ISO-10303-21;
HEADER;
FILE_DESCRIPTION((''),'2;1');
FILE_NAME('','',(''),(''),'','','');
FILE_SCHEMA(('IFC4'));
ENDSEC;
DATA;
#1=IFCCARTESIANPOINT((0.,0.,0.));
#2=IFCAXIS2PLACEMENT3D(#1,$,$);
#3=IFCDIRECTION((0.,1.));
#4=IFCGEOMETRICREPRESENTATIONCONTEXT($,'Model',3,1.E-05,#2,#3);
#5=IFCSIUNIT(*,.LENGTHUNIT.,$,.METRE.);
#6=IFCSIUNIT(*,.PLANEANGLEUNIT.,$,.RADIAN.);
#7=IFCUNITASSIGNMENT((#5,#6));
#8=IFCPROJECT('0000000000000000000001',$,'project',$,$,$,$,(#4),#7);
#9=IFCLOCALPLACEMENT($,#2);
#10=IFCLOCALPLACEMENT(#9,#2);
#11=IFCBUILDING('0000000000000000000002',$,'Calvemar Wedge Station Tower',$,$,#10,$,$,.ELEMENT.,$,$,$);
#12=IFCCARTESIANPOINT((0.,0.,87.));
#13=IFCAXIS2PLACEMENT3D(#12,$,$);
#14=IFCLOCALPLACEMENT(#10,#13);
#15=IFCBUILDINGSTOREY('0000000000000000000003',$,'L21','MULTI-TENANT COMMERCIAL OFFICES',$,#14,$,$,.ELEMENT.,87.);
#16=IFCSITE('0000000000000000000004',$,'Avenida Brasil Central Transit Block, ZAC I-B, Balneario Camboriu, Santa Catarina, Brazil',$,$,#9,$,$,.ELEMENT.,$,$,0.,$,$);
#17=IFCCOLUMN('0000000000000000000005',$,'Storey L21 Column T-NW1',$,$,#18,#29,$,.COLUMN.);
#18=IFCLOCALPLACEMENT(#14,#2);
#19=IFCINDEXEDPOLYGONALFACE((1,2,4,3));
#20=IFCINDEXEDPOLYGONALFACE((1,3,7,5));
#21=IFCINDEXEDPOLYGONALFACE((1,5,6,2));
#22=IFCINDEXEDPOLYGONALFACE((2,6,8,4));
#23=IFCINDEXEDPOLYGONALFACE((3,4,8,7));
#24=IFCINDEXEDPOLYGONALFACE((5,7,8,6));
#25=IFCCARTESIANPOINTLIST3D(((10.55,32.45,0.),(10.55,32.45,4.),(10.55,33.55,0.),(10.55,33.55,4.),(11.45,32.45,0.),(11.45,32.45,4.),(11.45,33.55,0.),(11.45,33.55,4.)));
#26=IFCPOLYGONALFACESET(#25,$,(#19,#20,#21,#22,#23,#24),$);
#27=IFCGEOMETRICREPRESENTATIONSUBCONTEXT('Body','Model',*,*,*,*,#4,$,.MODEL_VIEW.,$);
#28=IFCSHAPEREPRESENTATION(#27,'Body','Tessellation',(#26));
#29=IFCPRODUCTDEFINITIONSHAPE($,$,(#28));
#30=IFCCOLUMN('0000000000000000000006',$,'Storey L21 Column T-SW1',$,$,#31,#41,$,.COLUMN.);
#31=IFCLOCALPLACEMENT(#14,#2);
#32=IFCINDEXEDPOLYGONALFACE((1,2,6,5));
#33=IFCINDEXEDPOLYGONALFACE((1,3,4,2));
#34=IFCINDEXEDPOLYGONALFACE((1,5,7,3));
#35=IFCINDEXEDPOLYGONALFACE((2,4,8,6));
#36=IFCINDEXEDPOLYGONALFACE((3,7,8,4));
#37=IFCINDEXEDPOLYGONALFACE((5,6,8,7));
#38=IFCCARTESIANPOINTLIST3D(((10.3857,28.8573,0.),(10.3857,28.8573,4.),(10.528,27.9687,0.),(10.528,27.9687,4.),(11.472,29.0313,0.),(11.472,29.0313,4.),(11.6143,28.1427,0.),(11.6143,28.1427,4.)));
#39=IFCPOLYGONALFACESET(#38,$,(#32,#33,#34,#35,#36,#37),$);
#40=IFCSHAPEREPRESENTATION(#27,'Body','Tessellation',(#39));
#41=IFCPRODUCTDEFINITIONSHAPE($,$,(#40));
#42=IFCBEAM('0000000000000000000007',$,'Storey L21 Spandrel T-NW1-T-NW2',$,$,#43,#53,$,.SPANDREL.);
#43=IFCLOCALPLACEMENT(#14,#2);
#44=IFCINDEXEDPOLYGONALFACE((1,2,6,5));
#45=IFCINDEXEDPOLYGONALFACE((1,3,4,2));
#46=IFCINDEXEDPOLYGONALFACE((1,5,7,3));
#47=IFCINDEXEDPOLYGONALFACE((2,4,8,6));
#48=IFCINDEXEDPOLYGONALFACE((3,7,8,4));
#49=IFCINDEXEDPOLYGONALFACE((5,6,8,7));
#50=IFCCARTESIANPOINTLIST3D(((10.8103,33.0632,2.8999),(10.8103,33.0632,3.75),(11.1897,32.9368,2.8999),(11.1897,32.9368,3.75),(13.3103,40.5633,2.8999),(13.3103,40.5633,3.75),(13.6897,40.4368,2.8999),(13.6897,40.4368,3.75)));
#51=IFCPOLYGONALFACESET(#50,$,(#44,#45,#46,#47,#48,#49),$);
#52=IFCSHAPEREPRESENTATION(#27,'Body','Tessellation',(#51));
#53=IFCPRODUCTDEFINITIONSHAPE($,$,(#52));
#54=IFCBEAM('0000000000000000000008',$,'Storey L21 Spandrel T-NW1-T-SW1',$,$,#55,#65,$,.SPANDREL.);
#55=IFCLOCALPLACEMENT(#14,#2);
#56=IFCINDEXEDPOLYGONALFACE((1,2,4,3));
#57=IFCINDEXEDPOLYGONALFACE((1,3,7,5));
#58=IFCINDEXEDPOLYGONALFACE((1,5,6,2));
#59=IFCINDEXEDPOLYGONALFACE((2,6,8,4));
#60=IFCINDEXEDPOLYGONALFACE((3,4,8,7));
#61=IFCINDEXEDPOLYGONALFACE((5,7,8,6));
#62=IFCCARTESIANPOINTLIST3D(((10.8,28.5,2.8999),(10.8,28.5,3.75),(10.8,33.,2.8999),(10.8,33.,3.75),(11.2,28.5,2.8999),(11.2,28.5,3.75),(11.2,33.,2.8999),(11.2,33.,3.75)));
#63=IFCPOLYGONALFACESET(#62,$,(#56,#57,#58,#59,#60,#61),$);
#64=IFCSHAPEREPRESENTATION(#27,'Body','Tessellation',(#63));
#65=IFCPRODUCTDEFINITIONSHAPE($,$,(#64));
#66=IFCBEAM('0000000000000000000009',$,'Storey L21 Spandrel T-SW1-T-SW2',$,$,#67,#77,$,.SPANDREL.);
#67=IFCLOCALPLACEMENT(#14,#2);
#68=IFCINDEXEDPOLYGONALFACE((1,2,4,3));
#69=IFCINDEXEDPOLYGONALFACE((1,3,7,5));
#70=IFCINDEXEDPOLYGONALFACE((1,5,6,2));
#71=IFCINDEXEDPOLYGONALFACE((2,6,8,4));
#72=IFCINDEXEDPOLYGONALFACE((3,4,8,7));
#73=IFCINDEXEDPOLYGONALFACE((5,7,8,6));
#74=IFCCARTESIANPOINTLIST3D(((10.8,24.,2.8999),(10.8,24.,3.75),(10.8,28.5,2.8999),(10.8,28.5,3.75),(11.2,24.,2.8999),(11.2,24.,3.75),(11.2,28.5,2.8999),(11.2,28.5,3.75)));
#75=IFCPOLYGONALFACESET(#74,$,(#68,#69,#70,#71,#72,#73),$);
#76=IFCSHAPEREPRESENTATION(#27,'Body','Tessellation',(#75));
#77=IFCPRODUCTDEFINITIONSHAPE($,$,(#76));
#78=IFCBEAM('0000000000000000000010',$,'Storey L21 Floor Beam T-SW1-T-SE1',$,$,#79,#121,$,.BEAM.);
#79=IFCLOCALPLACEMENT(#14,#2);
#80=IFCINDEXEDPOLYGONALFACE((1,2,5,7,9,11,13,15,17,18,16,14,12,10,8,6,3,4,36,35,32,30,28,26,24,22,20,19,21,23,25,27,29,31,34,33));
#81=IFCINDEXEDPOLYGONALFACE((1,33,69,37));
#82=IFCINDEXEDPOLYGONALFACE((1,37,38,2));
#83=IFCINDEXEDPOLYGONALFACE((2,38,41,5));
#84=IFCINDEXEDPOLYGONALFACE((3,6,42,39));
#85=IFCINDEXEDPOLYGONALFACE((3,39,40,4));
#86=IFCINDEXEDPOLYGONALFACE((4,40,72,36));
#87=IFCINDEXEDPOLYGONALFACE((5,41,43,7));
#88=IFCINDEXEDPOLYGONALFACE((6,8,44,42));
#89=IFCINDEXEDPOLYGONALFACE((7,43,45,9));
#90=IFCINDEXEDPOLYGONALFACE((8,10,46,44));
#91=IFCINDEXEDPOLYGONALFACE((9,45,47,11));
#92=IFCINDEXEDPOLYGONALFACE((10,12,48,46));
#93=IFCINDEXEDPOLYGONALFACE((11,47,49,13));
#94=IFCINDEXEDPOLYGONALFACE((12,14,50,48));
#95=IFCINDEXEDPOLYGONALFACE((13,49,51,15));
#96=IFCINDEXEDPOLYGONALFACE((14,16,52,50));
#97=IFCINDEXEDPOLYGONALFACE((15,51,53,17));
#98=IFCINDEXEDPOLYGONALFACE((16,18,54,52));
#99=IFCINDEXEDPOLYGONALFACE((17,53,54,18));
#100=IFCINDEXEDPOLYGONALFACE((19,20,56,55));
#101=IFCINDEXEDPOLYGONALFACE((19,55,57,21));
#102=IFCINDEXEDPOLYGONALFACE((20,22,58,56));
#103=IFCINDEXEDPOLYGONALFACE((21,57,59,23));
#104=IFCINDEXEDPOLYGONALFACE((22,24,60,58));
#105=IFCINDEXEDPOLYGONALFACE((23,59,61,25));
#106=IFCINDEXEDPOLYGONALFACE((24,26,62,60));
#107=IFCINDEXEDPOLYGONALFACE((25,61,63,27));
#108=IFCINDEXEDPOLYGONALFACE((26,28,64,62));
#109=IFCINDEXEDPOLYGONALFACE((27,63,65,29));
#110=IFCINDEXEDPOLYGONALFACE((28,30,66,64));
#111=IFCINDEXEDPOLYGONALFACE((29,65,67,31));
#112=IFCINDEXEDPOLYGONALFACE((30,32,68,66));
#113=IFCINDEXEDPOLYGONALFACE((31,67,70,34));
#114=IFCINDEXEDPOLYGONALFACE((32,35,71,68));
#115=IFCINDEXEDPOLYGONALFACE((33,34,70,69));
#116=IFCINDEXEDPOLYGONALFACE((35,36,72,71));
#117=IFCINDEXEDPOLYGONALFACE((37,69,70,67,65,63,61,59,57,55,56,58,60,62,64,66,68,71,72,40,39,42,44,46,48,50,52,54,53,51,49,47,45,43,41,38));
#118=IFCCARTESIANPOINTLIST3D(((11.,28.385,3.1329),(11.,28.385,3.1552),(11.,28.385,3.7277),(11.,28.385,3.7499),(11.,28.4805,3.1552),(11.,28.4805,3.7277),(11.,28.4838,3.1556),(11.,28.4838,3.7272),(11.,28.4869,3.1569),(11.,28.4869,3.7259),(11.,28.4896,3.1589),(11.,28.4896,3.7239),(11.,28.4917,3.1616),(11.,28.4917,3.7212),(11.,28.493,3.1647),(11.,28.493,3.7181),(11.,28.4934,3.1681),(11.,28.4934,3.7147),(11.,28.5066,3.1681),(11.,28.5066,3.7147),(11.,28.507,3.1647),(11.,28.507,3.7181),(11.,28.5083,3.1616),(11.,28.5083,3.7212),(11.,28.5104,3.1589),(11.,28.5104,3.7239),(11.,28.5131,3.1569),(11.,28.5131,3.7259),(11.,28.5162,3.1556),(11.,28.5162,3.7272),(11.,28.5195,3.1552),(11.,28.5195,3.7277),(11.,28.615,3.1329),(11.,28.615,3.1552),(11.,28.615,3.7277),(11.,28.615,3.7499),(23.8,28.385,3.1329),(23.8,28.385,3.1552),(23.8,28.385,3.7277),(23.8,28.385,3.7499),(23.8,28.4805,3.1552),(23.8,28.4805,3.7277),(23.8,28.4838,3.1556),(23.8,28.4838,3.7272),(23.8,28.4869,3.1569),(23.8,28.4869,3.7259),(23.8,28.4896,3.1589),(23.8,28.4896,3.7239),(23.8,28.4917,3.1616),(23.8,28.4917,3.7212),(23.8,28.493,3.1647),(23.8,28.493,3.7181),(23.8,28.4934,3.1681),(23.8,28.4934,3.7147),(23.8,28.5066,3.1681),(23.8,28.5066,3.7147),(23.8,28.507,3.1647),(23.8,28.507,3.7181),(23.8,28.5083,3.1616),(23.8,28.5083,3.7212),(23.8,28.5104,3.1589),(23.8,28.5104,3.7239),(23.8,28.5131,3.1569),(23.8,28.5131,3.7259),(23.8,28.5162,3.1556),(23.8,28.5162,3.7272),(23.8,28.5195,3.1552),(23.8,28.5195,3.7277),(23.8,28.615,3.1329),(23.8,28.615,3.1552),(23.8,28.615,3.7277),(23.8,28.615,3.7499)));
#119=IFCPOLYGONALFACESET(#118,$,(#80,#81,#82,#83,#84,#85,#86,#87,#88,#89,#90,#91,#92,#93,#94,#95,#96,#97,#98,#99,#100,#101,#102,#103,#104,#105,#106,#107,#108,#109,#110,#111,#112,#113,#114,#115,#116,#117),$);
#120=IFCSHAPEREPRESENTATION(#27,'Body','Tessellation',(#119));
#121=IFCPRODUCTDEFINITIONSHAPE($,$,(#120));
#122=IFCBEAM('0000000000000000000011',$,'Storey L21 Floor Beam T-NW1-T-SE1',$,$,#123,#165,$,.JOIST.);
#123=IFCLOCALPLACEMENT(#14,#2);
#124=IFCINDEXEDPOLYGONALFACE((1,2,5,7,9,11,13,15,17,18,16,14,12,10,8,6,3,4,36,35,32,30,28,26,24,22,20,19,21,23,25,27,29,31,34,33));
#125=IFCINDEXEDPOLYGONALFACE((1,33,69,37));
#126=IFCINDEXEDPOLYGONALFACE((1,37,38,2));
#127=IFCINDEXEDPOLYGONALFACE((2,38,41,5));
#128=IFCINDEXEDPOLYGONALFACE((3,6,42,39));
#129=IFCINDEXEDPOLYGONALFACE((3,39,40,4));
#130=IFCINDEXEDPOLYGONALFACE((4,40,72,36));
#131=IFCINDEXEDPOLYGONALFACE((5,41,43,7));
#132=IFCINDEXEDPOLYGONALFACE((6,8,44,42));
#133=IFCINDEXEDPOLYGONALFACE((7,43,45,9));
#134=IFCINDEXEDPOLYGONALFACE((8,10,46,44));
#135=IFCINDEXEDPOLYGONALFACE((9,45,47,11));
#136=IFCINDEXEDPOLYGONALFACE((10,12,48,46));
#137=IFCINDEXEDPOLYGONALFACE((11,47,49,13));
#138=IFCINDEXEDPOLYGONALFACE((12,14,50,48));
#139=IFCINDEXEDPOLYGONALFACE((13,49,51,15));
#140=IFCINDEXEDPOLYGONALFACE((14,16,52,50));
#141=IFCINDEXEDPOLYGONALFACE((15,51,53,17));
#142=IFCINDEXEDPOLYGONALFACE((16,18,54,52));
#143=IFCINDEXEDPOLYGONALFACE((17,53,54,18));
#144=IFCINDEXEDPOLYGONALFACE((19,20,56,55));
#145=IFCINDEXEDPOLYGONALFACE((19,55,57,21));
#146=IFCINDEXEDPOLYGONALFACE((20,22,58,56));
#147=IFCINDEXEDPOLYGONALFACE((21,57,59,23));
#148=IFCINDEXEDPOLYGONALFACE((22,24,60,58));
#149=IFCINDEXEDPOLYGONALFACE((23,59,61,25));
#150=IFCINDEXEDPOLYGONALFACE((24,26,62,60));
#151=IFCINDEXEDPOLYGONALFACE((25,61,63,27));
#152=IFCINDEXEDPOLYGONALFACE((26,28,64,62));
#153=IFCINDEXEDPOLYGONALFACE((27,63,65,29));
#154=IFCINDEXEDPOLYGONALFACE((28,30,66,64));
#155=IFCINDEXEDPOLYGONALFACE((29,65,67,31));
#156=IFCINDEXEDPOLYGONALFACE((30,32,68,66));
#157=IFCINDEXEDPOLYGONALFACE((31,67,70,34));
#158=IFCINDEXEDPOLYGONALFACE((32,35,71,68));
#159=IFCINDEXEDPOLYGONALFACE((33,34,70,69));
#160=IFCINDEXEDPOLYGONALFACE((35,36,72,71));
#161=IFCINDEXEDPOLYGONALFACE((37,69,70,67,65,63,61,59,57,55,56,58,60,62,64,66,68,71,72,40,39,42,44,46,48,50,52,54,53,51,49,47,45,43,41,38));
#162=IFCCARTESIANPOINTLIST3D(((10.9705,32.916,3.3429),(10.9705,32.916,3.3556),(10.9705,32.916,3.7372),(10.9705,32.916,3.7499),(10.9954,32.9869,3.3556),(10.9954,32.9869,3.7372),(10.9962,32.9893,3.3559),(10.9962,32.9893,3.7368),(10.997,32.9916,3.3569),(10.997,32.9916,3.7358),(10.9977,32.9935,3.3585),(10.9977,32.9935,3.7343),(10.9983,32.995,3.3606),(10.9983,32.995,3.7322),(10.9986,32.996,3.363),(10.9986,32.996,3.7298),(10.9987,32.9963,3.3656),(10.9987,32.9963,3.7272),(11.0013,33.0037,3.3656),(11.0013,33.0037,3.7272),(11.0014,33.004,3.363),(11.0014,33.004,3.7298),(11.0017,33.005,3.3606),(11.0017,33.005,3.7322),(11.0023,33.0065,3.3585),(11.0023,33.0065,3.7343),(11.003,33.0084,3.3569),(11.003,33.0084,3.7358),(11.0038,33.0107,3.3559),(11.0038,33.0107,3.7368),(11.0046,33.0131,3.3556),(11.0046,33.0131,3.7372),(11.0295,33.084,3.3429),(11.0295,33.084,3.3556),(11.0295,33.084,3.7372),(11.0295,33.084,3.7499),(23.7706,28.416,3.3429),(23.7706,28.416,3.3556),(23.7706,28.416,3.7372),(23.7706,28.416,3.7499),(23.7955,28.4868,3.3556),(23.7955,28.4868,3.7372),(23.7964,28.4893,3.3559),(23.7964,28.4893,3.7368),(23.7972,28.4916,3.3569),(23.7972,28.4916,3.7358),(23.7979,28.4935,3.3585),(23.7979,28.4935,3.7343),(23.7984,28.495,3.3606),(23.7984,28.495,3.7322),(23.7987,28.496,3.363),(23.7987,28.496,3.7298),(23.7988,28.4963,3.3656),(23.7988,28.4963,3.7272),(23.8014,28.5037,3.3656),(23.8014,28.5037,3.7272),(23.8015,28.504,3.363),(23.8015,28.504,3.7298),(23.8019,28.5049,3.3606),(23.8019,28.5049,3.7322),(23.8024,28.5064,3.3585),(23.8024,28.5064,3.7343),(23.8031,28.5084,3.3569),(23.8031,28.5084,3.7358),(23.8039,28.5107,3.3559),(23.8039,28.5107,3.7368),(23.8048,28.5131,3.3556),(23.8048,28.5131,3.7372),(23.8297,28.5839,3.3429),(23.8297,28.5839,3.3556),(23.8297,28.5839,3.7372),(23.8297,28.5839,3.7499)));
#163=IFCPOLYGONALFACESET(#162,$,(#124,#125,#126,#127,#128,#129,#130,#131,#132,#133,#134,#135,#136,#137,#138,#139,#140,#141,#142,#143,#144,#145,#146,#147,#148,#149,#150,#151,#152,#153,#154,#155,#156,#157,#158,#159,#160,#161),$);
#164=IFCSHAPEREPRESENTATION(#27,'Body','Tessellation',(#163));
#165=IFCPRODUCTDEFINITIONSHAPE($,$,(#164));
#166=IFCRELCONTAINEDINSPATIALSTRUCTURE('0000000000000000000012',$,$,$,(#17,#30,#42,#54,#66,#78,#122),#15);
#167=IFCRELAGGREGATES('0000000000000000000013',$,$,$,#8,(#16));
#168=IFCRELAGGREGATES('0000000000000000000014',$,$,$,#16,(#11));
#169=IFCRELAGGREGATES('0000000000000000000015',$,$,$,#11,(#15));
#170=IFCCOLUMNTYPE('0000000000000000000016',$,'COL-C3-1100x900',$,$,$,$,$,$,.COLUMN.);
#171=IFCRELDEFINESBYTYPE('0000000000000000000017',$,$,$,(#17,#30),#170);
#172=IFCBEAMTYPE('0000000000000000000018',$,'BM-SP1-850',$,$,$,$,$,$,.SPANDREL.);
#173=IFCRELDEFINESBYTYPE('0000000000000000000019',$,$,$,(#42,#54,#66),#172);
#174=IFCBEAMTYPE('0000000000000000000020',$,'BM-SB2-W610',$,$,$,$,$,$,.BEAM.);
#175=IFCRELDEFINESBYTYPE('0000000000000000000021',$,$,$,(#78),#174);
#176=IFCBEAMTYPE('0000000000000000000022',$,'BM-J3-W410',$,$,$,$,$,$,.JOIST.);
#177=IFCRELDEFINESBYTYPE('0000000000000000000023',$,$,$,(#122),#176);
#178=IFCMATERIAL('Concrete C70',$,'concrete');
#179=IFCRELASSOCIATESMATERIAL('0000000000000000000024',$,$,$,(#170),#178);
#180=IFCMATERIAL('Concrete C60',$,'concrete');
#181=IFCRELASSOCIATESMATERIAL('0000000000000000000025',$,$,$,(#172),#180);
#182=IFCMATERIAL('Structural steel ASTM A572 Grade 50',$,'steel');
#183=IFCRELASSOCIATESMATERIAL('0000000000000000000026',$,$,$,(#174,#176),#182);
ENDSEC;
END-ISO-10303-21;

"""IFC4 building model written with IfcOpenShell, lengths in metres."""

from ifc_helpers import new_model, si_unit, direction, frame, origin, origin_2d, place, context, subcontext, project, spatial, rectangle, i_section, extrude, source, transform, mapped, material, material_profile, profile_set, type_object, element, save


model = new_model("IFC4")

# Units and contexts
model_context = context("Model", 3, precision=1e-05, world=origin(), true_north=direction((0.0, 1.0)))
body_context = subcontext(model_context, "Body", "Model", "MODEL_VIEW")
ifc_project = project(units=[si_unit("LENGTHUNIT", "METRE"), si_unit("PLANEANGLEUNIT", "RADIAN")], contexts=[model_context])

# Site, building, storey
site_placement = place(None, origin())
site = spatial("IfcSite", under=ifc_project, at=site_placement, Name="Avenida Brasil Central Transit Block, ZAC I-B, Balneario Camboriu, Santa Catarina, Brazil", CompositionType="ELEMENT", RefElevation=0.0)
building_placement = place(site_placement, origin())
building = spatial("IfcBuilding", under=site, at=building_placement, Name="Calvemar Wedge Station Tower", CompositionType="ELEMENT")
storey_placement = place(building_placement, frame((0.0, 0.0, 87.0)))
storey = spatial("IfcBuildingStorey", under=building, at=storey_placement, Name="L21", Description="MULTI-TENANT COMMERCIAL OFFICES", CompositionType="ELEMENT", Elevation=87.0)

# Columns
ifc_material_1 = material(Name="Concrete C70", Category="concrete")
ifc_material_profile_1 = material_profile(ifc_material_1, rectangle(XDim=0.8999, YDim=1.1001, at=origin_2d()), Name="RC1100x900")
ifc_profile_set_1 = profile_set([ifc_material_profile_1], Name="Concrete C70")
column_type = type_object("IfcColumnType", Name="COL-C3-1100x900", PredefinedType="COLUMN", material=ifc_profile_set_1)
shared_shape_1 = source(origin(), body_context, "Body", "SweptSolid", [
    extrude(rectangle(XDim=0.8999, YDim=1.1001, at=origin_2d()), origin(), (0.0, 0.0, 1.0), 4.0),
])
for number, where, z_axis, x_axis, name in (
    (1, (11.0, 33.0, 0.0), (0.0, 0.0, 1.0), (1.0, 0.0, 0.0), "Storey L21 Column T-NW1"),
    (2, (11.0, 28.5, 0.0), (0.0, 0.0, 1.0), (0.158158, -0.987414, 0.0), "Storey L21 Column T-SW1"),
):
    element("IfcColumn", number, at=place(storey_placement, frame(where, z_axis=z_axis, x_axis=x_axis)), inside=storey, type_object=column_type, Name=name, PredefinedType="COLUMN", context=body_context, shape_type="MappedRepresentation", body=[
        mapped(shared_shape_1, transform((0.0, 0.0, 0.0), scale=1.0)),
    ])

# Beams
ifc_material_2 = material(Name="Concrete C60", Category="concrete")
ifc_material_profile_2 = material_profile(ifc_material_2, rectangle(XDim=0.3999, YDim=0.8501, at=origin_2d()), Name="RC400x850")
ifc_profile_set_2 = profile_set([ifc_material_profile_2], Name="Concrete C60")
beam_type_1 = type_object("IfcBeamType", Name="BM-SP1-850", PredefinedType="SPANDREL", material=ifc_profile_set_2)
shared_shape_2 = source(origin(), body_context, "Body", "SweptSolid", [
    extrude(rectangle(XDim=0.3999, YDim=0.8501, at=origin_2d()), origin(), (0.0, 0.0, 1.0), 7.9058),
])
beam_1_placement = place(storey_placement, frame((11.0, 33.0, 3.325), z_axis=(0.316228, 0.948683, 0.0), x_axis=(-0.948683, 0.316228, 0.0)))
element("IfcBeam", 3, at=beam_1_placement, inside=storey, type_object=beam_type_1, Name="Storey L21 Spandrel T-NW1-T-NW2", PredefinedType="SPANDREL", context=body_context, shape_type="MappedRepresentation", body=[
    mapped(shared_shape_2, transform((0.0, 0.0, 0.0), scale=1.0)),
])
shared_shape_3 = source(origin(), body_context, "Body", "SweptSolid", [
    extrude(rectangle(XDim=0.3999, YDim=0.8501, at=origin_2d()), origin(), (0.0, 0.0, 1.0), 4.5),
])
for number, where, z_axis, x_axis, name in (
    (4, (11.0, 33.0, 3.325), (0.0, -1.0, 0.0), (1.0, 0.0, 0.0), "Storey L21 Spandrel T-NW1-T-SW1"),
    (5, (11.0, 28.5, 3.325), (0.0, -1.0, 0.0), (1.0, 0.0, 0.0), "Storey L21 Spandrel T-SW1-T-SW2"),
):
    element("IfcBeam", number, at=place(storey_placement, frame(where, z_axis=z_axis, x_axis=x_axis)), inside=storey, type_object=beam_type_1, Name=name, PredefinedType="SPANDREL", context=body_context, shape_type="MappedRepresentation", body=[
        mapped(shared_shape_3, transform((0.0, 0.0, 0.0), scale=1.0)),
    ])
ifc_material_3 = material(Name="Structural steel ASTM A572 Grade 50", Category="steel")
ifc_material_profile_3 = material_profile(ifc_material_3, i_section(OverallWidth=0.23, OverallDepth=0.6169, WebThickness=0.0132, FlangeThickness=0.0222, FilletRadius=0.0129, at=origin_2d()), Name="W610x140")
ifc_profile_set_3 = profile_set([ifc_material_profile_3], Name="Structural steel ASTM A572 Grade 50")
beam_type_2 = type_object("IfcBeamType", Name="BM-SB2-W610", PredefinedType="BEAM", material=ifc_profile_set_3)
shared_shape_4 = source(origin(), body_context, "Body", "SweptSolid", [
    extrude(i_section(OverallWidth=0.23, OverallDepth=0.6169, WebThickness=0.0132, FlangeThickness=0.0222, FilletRadius=0.0129, at=origin_2d()), origin(), (0.0, 0.0, 1.0), 12.8),
])
beam_2_placement = place(storey_placement, frame((11.0, 28.5, 3.4414), z_axis=(1.0, 0.0, 0.0), x_axis=(0.0, 1.0, 0.0)))
element("IfcBeam", 6, at=beam_2_placement, inside=storey, type_object=beam_type_2, Name="Storey L21 Floor Beam T-SW1-T-SE1", PredefinedType="BEAM", context=body_context, shape_type="MappedRepresentation", body=[
    mapped(shared_shape_4, transform((0.0, 0.0, 0.0), scale=1.0)),
])
ifc_material_profile_4 = material_profile(ifc_material_3, i_section(OverallWidth=0.178, OverallDepth=0.407, WebThickness=0.0078, FlangeThickness=0.0127, FilletRadius=0.01, at=origin_2d()), Name="W410x60")
ifc_profile_set_4 = profile_set([ifc_material_profile_4], Name="Structural steel ASTM A572 Grade 50")
beam_type_3 = type_object("IfcBeamType", Name="BM-J3-W410", PredefinedType="JOIST", material=ifc_profile_set_4)
shared_shape_5 = source(origin(), body_context, "Body", "SweptSolid", [
    extrude(i_section(OverallWidth=0.178, OverallDepth=0.407, WebThickness=0.0078, FlangeThickness=0.0127, FilletRadius=0.01, at=origin_2d()), origin(), (0.0, 0.0, 1.0), 13.5681),
])
for number, where, z_axis, x_axis, name in (
    (7, (11.0, 33.0, 3.5464), (0.943398, -0.331662, 0.0), (0.331662, 0.943398, 0.0), "Storey L21 Floor Beam T-NW1-T-SE1"),
):
    element("IfcBeam", number, at=place(storey_placement, frame(where, z_axis=z_axis, x_axis=x_axis)), inside=storey, type_object=beam_type_3, Name=name, PredefinedType="JOIST", context=body_context, shape_type="MappedRepresentation", body=[
        mapped(shared_shape_5, transform((0.0, 0.0, 0.0), scale=1.0)),
    ])

save(model, "model.ifc")
